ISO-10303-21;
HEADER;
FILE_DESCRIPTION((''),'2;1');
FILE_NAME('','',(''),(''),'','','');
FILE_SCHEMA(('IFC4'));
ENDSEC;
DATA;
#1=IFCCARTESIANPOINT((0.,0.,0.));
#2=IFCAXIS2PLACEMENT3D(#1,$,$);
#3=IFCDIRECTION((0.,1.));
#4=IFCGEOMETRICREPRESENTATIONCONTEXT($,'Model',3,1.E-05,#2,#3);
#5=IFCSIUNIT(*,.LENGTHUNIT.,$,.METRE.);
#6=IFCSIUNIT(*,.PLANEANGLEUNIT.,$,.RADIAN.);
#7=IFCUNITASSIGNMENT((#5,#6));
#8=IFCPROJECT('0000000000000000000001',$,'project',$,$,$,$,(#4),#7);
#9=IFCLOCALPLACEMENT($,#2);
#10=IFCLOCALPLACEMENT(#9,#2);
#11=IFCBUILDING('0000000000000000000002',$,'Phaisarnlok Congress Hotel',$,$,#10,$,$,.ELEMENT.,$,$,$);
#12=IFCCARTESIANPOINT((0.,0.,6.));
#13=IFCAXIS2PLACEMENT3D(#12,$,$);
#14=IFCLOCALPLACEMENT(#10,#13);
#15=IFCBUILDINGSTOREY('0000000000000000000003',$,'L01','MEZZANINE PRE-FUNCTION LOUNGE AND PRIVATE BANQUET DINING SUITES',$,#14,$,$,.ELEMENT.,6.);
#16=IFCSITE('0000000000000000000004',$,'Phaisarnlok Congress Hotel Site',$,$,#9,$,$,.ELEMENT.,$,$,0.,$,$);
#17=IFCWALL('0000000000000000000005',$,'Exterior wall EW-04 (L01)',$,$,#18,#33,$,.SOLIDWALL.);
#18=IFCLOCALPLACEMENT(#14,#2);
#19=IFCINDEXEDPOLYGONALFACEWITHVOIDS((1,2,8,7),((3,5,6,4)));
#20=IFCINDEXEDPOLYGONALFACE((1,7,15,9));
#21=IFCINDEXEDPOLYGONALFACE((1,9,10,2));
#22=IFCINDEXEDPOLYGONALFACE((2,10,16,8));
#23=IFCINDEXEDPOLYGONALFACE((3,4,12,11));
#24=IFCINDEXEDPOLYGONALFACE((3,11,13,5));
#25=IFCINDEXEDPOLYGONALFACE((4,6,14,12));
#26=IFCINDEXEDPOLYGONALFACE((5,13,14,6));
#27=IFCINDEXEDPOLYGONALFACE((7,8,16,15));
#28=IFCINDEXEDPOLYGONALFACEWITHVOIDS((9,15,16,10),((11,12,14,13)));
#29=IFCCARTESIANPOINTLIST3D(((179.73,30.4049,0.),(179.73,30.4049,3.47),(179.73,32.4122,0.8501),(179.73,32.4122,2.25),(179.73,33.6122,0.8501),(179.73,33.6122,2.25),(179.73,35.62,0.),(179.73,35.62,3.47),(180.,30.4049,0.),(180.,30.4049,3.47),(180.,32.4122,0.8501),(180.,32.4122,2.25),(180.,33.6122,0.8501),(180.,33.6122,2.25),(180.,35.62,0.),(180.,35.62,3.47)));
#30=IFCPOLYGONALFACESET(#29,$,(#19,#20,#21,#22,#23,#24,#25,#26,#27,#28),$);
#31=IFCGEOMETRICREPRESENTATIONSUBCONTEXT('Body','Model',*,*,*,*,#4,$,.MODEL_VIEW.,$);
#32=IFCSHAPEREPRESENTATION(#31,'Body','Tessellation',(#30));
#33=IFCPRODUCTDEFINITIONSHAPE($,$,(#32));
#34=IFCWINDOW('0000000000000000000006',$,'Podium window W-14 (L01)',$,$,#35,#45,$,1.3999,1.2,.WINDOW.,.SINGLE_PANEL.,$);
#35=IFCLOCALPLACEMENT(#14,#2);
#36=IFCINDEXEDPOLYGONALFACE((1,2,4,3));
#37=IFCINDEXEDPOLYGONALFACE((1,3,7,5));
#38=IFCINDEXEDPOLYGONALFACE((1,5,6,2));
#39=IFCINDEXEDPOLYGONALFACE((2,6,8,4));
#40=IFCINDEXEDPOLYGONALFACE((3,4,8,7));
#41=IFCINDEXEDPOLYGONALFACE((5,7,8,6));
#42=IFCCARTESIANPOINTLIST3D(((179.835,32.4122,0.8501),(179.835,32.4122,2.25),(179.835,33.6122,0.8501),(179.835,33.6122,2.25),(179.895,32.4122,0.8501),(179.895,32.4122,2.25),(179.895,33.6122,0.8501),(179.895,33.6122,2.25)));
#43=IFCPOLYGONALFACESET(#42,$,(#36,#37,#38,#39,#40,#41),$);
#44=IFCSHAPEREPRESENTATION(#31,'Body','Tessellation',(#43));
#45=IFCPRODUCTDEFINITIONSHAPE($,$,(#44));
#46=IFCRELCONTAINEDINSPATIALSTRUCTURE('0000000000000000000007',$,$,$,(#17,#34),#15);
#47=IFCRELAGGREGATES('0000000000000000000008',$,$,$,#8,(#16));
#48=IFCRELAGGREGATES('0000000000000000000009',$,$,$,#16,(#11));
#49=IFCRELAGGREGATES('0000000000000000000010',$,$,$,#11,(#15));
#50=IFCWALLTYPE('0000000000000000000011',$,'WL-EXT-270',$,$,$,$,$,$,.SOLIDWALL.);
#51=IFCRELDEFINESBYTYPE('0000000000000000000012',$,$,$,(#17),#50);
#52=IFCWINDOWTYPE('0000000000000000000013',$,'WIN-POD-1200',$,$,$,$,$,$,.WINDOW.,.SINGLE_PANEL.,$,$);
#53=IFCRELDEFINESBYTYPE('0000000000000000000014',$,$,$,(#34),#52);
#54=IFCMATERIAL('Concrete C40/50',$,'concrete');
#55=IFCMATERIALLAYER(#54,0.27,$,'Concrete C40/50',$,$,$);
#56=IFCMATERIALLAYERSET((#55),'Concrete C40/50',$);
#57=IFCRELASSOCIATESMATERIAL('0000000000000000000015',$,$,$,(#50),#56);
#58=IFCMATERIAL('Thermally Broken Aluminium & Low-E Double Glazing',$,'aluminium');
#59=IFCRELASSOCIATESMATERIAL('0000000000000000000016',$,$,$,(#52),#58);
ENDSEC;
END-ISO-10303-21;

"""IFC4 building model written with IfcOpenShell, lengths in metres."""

from ifc_helpers import new_model, si_unit, direction, frame, frame_2d, origin, place, context, subcontext, project, spatial, rectangle, extrude, material, layer, layer_set, type_object, element, fill, save


model = new_model("IFC4")

# Units and contexts
model_context = context("Model", 3, precision=1e-05, world=origin(), true_north=direction((0.0, 1.0)))
body_context = subcontext(model_context, "Body", "Model", "MODEL_VIEW")
ifc_project = project(units=[si_unit("LENGTHUNIT", "METRE"), si_unit("PLANEANGLEUNIT", "RADIAN")], contexts=[model_context])

# Site, building, storey
site_placement = place(None, origin())
site = spatial("IfcSite", under=ifc_project, at=site_placement, Name="Phaisarnlok Congress Hotel Site", CompositionType="ELEMENT", RefElevation=0.0)
building_placement = place(site_placement, origin())
building = spatial("IfcBuilding", under=site, at=building_placement, Name="Phaisarnlok Congress Hotel", CompositionType="ELEMENT")
storey_placement = place(building_placement, frame((0.0, 0.0, 6.0)))
storey = spatial("IfcBuildingStorey", under=building, at=storey_placement, Name="L01", Description="MEZZANINE PRE-FUNCTION LOUNGE AND PRIVATE BANQUET DINING SUITES", CompositionType="ELEMENT", Elevation=6.0)

# Shared definitions
ifc_material_1 = material(Name="Concrete C40/50", Category="concrete")

# Wall, opening, window
ifc_layer_1 = layer(ifc_material_1, 0.27, Name="Concrete C40/50")
ifc_layer_set_1 = layer_set([ifc_layer_1], Name="Concrete C40/50")
wall_type_1 = type_object("IfcWallType", Name="WL-EXT-270", PredefinedType="SOLIDWALL", material=ifc_layer_set_1)
wall_1_placement = place(storey_placement, frame((179.865, 30.405, 0.0), z_axis=(0.0, 0.0, 1.0), x_axis=(0.0, 1.0, 0.0)))
wall_1 = element("IfcWall", 1, at=wall_1_placement, inside=storey, type_object=wall_type_1, Name="Exterior wall EW-04 (L01)", PredefinedType="SOLIDWALL", context=body_context, shape_type="SweptSolid", body=[
    extrude(rectangle(XDim=5.2151, YDim=0.27, at=frame_2d((2.6074, 0.0))), origin(), (0.0, 0.0, 1.0), 3.47),
])
opening_placement = place(wall_1_placement, frame((2.0071, 0.0, 0.8501)))
opening = element("IfcOpeningElement", 2, at=opening_placement, cuts=wall_1, PredefinedType="OPENING", context=body_context, shape_type="SweptSolid", body=[
    extrude(rectangle(XDim=1.2, YDim=1.3999, at=frame_2d((0.6001, 0.7))), frame((0.0, 0.145, 0.0), z_axis=(0.0, -1.0, 0.0), x_axis=(1.0, 0.0, 0.0)), (0.0, 0.0, 1.0), 0.29),
])
ifc_material_2 = material(Name="Thermally Broken Aluminium & Low-E Double Glazing", Category="aluminium")
window_type = type_object("IfcWindowType", Name="WIN-POD-1200", PartitioningType="SINGLE_PANEL", PredefinedType="WINDOW", material=ifc_material_2)
window_placement = place(opening_placement, origin())
window = element("IfcWindow", 3, at=window_placement, inside=storey, type_object=window_type, Name="Podium window W-14 (L01)", OverallHeight=1.3999, OverallWidth=1.2, PartitioningType="SINGLE_PANEL", PredefinedType="WINDOW", context=body_context, shape_type="SweptSolid", body=[
    extrude(rectangle(XDim=1.2, YDim=1.3999, at=frame_2d((0.6001, 0.7))), frame((0.0, 0.03, 0.0), z_axis=(0.0, -1.0, 0.0), x_axis=(1.0, 0.0, 0.0)), (0.0, 0.0, 1.0), 0.0601),
])
fill(opening, window)

save(model, "model.ifc")
